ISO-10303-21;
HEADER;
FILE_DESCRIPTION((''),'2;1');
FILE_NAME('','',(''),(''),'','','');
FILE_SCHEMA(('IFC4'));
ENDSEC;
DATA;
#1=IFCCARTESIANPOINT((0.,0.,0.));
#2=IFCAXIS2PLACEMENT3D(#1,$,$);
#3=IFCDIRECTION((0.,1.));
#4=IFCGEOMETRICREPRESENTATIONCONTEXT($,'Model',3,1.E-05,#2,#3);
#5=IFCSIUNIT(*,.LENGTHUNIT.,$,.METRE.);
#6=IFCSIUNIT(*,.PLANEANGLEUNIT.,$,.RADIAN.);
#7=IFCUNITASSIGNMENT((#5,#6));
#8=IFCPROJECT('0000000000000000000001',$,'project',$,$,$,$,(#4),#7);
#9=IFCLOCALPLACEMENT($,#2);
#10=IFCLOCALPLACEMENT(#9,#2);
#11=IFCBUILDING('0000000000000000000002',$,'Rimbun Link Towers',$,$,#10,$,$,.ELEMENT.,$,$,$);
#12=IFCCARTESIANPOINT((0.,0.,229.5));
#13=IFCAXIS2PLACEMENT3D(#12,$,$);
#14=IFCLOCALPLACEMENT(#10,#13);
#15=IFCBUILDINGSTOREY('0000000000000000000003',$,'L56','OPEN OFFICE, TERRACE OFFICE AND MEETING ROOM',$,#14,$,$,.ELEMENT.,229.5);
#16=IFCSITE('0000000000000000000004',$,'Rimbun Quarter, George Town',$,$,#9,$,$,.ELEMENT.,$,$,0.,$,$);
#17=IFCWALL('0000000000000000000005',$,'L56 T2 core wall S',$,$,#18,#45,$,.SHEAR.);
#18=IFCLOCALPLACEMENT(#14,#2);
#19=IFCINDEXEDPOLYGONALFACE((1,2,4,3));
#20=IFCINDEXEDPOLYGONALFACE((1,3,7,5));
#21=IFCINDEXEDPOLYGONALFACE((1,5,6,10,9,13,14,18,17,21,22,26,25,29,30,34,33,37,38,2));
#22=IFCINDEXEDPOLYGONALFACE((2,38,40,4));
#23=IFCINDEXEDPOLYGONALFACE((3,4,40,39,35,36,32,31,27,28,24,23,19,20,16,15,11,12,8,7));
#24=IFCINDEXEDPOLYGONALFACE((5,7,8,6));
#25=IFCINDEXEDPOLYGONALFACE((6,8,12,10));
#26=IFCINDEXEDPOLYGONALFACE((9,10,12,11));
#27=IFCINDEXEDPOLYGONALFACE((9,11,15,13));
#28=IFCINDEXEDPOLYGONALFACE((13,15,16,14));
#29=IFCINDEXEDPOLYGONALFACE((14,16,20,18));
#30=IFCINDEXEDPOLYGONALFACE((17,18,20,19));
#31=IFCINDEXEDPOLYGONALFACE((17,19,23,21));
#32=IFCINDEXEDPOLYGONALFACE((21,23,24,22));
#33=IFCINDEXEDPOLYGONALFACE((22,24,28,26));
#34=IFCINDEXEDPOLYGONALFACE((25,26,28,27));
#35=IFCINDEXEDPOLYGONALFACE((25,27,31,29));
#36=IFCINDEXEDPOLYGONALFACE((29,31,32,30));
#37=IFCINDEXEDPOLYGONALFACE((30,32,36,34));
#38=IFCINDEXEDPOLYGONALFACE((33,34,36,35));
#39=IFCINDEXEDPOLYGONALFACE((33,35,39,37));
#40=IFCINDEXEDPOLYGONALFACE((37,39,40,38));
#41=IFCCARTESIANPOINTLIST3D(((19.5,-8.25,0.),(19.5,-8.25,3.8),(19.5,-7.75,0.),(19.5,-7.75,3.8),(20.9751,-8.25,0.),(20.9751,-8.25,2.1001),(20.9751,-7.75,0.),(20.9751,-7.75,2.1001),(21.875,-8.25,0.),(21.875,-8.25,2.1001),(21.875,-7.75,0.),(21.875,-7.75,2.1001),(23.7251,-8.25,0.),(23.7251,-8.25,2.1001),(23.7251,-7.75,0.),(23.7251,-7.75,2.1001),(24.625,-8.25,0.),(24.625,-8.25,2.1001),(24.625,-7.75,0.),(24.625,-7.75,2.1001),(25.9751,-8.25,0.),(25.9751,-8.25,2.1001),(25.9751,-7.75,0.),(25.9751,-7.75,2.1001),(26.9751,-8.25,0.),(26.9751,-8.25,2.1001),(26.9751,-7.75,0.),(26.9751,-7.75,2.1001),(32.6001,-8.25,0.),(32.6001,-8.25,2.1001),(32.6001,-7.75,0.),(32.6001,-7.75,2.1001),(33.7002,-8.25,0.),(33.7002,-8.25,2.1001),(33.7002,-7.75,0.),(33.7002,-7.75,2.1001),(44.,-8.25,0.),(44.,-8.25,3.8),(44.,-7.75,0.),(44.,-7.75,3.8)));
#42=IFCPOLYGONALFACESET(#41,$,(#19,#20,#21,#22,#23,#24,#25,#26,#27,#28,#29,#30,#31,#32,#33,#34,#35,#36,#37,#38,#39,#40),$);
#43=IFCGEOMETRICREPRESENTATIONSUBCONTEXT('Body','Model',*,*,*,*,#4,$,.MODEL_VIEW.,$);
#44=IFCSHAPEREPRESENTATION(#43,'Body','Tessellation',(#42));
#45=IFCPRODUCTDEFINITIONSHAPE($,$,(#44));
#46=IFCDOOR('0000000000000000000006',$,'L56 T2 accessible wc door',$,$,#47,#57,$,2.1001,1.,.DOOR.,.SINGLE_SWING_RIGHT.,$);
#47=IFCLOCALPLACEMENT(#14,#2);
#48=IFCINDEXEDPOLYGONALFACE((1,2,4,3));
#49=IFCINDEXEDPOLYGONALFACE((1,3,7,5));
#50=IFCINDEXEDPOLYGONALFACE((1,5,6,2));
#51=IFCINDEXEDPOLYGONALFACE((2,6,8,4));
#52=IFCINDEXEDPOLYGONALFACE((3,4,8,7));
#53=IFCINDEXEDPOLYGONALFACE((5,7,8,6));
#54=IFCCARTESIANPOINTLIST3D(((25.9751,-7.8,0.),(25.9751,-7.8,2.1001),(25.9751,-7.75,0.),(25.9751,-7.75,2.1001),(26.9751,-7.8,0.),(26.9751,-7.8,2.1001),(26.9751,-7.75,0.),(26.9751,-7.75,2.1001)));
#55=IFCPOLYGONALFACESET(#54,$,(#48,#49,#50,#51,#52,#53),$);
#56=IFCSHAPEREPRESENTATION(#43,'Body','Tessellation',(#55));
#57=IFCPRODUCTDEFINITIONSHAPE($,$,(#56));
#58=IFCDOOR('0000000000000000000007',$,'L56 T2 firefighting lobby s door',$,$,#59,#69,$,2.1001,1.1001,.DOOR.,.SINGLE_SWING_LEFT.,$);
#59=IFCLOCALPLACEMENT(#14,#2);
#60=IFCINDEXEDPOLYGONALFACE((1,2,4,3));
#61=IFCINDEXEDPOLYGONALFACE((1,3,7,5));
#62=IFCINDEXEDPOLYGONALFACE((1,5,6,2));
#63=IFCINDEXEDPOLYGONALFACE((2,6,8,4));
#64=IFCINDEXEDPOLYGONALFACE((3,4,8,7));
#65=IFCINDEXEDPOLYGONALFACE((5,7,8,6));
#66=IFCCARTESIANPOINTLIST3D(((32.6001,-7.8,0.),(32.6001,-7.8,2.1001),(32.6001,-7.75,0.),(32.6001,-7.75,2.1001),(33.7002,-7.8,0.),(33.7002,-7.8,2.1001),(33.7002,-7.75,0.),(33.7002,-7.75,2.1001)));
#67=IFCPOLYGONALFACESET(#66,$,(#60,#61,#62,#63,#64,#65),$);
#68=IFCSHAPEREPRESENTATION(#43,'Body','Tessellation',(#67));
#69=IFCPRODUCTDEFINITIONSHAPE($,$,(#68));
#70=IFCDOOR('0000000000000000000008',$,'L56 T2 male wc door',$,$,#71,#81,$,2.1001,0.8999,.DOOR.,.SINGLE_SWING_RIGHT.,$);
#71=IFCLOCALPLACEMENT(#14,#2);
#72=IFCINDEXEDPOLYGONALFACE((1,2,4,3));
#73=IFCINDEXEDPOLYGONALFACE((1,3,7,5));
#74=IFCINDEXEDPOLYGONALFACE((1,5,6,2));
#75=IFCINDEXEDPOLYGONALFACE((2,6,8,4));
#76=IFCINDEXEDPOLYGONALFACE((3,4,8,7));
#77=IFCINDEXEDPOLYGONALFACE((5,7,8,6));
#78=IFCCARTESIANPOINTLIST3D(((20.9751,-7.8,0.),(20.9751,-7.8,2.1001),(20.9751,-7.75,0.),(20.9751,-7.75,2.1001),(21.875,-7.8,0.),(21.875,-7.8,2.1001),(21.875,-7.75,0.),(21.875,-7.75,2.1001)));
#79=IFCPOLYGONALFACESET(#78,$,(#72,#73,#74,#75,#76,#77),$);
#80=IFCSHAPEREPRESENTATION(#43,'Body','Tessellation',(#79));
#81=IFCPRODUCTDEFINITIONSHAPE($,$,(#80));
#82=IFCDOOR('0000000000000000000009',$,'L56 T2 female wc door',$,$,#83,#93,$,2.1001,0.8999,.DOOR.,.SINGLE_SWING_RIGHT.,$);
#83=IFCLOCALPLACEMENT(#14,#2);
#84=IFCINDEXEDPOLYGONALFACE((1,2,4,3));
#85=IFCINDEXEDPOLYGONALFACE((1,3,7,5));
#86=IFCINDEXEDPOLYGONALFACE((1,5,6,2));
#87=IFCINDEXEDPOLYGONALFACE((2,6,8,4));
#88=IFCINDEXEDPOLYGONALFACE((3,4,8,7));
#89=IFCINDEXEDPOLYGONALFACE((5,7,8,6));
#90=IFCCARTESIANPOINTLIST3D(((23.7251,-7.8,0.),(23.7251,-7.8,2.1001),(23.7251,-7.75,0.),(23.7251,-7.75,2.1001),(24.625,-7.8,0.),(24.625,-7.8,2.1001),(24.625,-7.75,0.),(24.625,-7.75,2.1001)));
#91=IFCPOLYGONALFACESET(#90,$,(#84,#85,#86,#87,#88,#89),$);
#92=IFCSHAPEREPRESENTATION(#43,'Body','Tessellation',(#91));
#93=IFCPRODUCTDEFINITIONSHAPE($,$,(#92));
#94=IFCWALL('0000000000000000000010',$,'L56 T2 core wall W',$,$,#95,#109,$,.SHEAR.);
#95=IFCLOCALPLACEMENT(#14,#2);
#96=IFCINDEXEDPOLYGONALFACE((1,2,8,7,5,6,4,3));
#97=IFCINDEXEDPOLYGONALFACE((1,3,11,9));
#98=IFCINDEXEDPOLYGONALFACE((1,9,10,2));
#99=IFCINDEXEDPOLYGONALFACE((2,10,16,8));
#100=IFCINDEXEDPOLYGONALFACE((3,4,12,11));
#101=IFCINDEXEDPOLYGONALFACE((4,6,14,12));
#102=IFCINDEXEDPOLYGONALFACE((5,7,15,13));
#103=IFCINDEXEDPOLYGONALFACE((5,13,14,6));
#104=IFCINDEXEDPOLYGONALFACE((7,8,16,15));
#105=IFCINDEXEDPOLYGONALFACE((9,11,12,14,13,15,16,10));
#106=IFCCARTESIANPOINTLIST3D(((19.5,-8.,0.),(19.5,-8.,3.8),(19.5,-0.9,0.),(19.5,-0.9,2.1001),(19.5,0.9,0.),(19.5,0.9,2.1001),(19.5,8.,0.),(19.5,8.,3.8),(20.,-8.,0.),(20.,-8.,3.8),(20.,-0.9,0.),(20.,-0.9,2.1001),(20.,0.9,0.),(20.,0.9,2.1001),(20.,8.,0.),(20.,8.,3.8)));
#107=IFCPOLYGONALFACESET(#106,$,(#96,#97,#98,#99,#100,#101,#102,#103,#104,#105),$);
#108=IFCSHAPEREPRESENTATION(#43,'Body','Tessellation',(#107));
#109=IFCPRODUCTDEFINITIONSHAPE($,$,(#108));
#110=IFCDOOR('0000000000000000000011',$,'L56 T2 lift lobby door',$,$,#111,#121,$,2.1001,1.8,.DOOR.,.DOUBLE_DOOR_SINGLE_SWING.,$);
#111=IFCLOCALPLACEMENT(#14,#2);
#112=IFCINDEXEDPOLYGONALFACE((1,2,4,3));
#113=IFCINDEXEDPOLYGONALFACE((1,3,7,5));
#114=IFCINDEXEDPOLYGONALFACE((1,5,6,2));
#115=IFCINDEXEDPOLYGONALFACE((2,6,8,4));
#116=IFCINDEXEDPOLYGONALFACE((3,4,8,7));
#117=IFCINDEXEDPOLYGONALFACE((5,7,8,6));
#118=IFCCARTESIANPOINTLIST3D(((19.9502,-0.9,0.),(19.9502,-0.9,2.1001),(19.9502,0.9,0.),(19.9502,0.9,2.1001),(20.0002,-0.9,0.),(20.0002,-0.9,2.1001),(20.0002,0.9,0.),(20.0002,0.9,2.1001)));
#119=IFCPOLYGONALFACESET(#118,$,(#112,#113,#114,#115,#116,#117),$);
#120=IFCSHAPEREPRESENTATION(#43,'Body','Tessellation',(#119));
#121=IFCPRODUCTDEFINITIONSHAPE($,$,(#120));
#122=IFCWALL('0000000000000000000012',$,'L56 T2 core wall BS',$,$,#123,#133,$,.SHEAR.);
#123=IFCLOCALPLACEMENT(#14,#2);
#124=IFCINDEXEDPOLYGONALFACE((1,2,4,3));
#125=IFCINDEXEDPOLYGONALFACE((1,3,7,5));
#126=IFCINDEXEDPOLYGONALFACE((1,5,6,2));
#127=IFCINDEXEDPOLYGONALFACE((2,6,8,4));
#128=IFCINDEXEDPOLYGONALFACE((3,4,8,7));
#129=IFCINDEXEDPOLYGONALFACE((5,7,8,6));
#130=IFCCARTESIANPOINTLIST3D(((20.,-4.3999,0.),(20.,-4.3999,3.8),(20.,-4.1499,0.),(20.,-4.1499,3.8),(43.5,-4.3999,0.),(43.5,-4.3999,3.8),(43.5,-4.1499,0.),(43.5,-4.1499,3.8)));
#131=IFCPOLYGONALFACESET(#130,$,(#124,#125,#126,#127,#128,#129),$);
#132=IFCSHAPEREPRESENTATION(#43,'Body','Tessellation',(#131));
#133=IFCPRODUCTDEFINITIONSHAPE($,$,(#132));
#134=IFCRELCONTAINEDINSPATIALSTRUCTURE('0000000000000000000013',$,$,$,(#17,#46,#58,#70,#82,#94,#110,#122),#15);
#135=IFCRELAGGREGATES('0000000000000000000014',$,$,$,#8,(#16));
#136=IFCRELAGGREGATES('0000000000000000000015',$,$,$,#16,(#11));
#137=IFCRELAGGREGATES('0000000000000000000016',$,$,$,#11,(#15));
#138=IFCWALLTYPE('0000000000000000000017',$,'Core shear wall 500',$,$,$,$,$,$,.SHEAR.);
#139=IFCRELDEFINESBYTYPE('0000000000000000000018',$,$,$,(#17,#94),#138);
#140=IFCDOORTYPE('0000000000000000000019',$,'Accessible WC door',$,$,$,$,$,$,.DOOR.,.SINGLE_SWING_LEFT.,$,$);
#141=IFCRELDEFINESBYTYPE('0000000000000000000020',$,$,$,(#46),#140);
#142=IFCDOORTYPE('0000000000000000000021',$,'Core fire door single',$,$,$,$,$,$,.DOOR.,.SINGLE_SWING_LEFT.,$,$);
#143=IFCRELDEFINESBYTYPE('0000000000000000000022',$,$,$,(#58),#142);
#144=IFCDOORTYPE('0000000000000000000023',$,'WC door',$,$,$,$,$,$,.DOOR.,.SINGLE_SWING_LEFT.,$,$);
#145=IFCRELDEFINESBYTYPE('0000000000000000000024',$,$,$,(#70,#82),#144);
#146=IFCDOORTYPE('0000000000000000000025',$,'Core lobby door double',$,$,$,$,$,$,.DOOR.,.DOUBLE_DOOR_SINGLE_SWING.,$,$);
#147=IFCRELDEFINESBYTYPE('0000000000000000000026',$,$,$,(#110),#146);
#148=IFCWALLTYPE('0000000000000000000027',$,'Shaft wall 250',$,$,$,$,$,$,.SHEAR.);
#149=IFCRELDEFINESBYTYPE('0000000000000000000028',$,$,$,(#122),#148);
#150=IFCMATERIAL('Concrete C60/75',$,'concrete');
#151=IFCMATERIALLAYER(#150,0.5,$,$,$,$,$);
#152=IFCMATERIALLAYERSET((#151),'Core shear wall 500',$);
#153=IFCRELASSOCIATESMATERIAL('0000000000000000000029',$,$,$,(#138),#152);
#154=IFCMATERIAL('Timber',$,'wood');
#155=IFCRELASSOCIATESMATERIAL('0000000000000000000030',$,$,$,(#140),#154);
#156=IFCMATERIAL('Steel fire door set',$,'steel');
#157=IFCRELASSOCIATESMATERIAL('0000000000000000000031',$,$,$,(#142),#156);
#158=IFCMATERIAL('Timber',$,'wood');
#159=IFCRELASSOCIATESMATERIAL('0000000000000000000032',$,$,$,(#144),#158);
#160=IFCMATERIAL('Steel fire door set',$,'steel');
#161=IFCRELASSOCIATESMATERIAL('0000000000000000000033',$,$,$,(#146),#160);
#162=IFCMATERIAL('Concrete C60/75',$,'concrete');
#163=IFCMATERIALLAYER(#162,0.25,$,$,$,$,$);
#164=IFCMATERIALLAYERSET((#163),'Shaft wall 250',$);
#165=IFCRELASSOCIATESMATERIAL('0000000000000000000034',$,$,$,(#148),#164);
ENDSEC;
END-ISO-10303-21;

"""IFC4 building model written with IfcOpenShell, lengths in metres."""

from ifc_helpers import new_model, si_unit, direction, frame, frame_2d, origin, place, context, subcontext, project, spatial, rectangle, extrude, material, layer, layer_set, type_object, element, fill, save


model = new_model("IFC4")

# Units and contexts
model_context = context("Model", 3, precision=1e-05, world=origin(), true_north=direction((0.0, 1.0)))
body_context = subcontext(model_context, "Body", "Model", "MODEL_VIEW")
ifc_project = project(units=[si_unit("LENGTHUNIT", "METRE"), si_unit("PLANEANGLEUNIT", "RADIAN")], contexts=[model_context])

# Site, building, storey
site_placement = place(None, origin())
site = spatial("IfcSite", under=ifc_project, at=site_placement, Name="Rimbun Quarter, George Town", CompositionType="ELEMENT", RefElevation=0.0)
building_placement = place(site_placement, origin())
building = spatial("IfcBuilding", under=site, at=building_placement, Name="Rimbun Link Towers", CompositionType="ELEMENT")
storey_placement = place(building_placement, frame((0.0, 0.0, 229.5)))
storey = spatial("IfcBuildingStorey", under=building, at=storey_placement, Name="L56", Description="OPEN OFFICE, TERRACE OFFICE AND MEETING ROOM", CompositionType="ELEMENT", Elevation=229.5)

# Wall, openings, doors
ifc_material_1 = material(Name="Concrete C60/75", Category="concrete")
ifc_layer_1 = layer(ifc_material_1, 0.5)
ifc_layer_set_1 = layer_set([ifc_layer_1], Name="Core shear wall 500")
wall_type_1 = type_object("IfcWallType", Name="Core shear wall 500", PredefinedType="SHEAR", material=ifc_layer_set_1)
wall_1_placement = place(storey_placement, frame((19.5, -8.0, 0.0), z_axis=(0.0, 0.0, 1.0), x_axis=(1.0, 0.0, 0.0)))
wall_1 = element("IfcWall", 1, at=wall_1_placement, inside=storey, type_object=wall_type_1, Name="L56 T2 core wall S", PredefinedType="SHEAR", context=body_context, shape_type="SweptSolid", body=[
    extrude(rectangle(XDim=24.5, YDim=0.5, at=frame_2d((12.25, 0.0))), origin(), (0.0, 0.0, 1.0), 3.8),
])
opening_1_placement = place(wall_1_placement, frame((13.1001, 0.0, 0.0)))
opening_1 = element("IfcOpeningElement", 2, at=opening_1_placement, cuts=wall_1, PredefinedType="OPENING", context=body_context, shape_type="SweptSolid", body=[
    extrude(rectangle(XDim=1.1001, YDim=2.1001, at=frame_2d((0.55, 1.05))), frame((0.0, 0.26, 0.0), z_axis=(0.0, -1.0, 0.0), x_axis=(1.0, 0.0, 0.0)), (0.0, 0.0, 1.0), 0.52),
])
opening_2_placement = place(wall_1_placement, frame((1.4751, 0.0, 0.0)))
opening_2 = element("IfcOpeningElement", 3, at=opening_2_placement, cuts=wall_1, PredefinedType="OPENING", context=body_context, shape_type="SweptSolid", body=[
    extrude(rectangle(XDim=0.8999, YDim=2.1001, at=frame_2d((0.45, 1.05))), frame((0.0, 0.26, 0.0), z_axis=(0.0, -1.0, 0.0), x_axis=(1.0, 0.0, 0.0)), (0.0, 0.0, 1.0), 0.52),
])
opening_3_placement = place(wall_1_placement, frame((4.2251, 0.0, 0.0)))
opening_3 = element("IfcOpeningElement", 4, at=opening_3_placement, cuts=wall_1, PredefinedType="OPENING", context=body_context, shape_type="SweptSolid", body=[
    extrude(rectangle(XDim=0.8999, YDim=2.1001, at=frame_2d((0.45, 1.05))), frame((0.0, 0.26, 0.0), z_axis=(0.0, -1.0, 0.0), x_axis=(1.0, 0.0, 0.0)), (0.0, 0.0, 1.0), 0.52),
])
opening_4_placement = place(wall_1_placement, frame((6.4751, 0.0, 0.0)))
opening_4 = element("IfcOpeningElement", 5, at=opening_4_placement, cuts=wall_1, PredefinedType="OPENING", context=body_context, shape_type="SweptSolid", body=[
    extrude(rectangle(XDim=1.0, YDim=2.1001, at=frame_2d((0.5, 1.05))), frame((0.0, 0.26, 0.0), z_axis=(0.0, -1.0, 0.0), x_axis=(1.0, 0.0, 0.0)), (0.0, 0.0, 1.0), 0.52),
])
ifc_material_2 = material(Name="Timber", Category="wood")
door_type_1 = type_object("IfcDoorType", Name="Accessible WC door", OperationType="SINGLE_SWING_LEFT", PredefinedType="DOOR", material=ifc_material_2)
door_1_placement = place(opening_4_placement, origin())
door_1 = element("IfcDoor", 6, at=door_1_placement, inside=storey, type_object=door_type_1, Name="L56 T2 accessible wc door", OperationType="SINGLE_SWING_RIGHT", OverallHeight=2.1001, OverallWidth=1.0, PredefinedType="DOOR", context=body_context, shape_type="SweptSolid", body=[
    extrude(rectangle(XDim=1.0, YDim=2.1001, at=frame_2d((0.5, 1.05))), frame((0.0, 0.25, 0.0), z_axis=(0.0, -1.0, 0.0), x_axis=(1.0, 0.0, 0.0)), (0.0, 0.0, 1.0), 0.05),
])
fill(opening_4, door_1)
ifc_material_3 = material(Name="Steel fire door set", Category="steel")
door_type_2 = type_object("IfcDoorType", Name="Core fire door single", OperationType="SINGLE_SWING_LEFT", PredefinedType="DOOR", material=ifc_material_3)
door_2_placement = place(opening_1_placement, origin())
door_2 = element("IfcDoor", 7, at=door_2_placement, inside=storey, type_object=door_type_2, Name="L56 T2 firefighting lobby s door", OperationType="SINGLE_SWING_LEFT", OverallHeight=2.1001, OverallWidth=1.1001, PredefinedType="DOOR", context=body_context, shape_type="SweptSolid", body=[
    extrude(rectangle(XDim=1.1001, YDim=2.1001, at=frame_2d((0.55, 1.05))), frame((0.0, 0.25, 0.0), z_axis=(0.0, -1.0, 0.0), x_axis=(1.0, 0.0, 0.0)), (0.0, 0.0, 1.0), 0.05),
])
fill(opening_1, door_2)
ifc_material_4 = material(Name="Timber", Category="wood")
door_type_3 = type_object("IfcDoorType", Name="WC door", OperationType="SINGLE_SWING_LEFT", PredefinedType="DOOR", material=ifc_material_4)
door_3_placement = place(opening_2_placement, origin())
door_3 = element("IfcDoor", 8, at=door_3_placement, inside=storey, type_object=door_type_3, Name="L56 T2 male wc door", OperationType="SINGLE_SWING_RIGHT", OverallHeight=2.1001, OverallWidth=0.8999, PredefinedType="DOOR", context=body_context, shape_type="SweptSolid", body=[
    extrude(rectangle(XDim=0.8999, YDim=2.1001, at=frame_2d((0.45, 1.05))), frame((0.0, 0.25, 0.0), z_axis=(0.0, -1.0, 0.0), x_axis=(1.0, 0.0, 0.0)), (0.0, 0.0, 1.0), 0.05),
])
fill(opening_2, door_3)
door_4_placement = place(opening_3_placement, origin())
door_4 = element("IfcDoor", 9, at=door_4_placement, inside=storey, type_object=door_type_3, Name="L56 T2 female wc door", OperationType="SINGLE_SWING_RIGHT", OverallHeight=2.1001, OverallWidth=0.8999, PredefinedType="DOOR", context=body_context, shape_type="SweptSolid", body=[
    extrude(rectangle(XDim=0.8999, YDim=2.1001, at=frame_2d((0.45, 1.05))), frame((0.0, 0.25, 0.0), z_axis=(0.0, -1.0, 0.0), x_axis=(1.0, 0.0, 0.0)), (0.0, 0.0, 1.0), 0.05),
])
fill(opening_3, door_4)

# Wall, opening, door
wall_2_placement = place(storey_placement, frame((19.75, -8.0, 0.0), z_axis=(0.0, 0.0, 1.0), x_axis=(0.0, 1.0, 0.0)))
wall_2 = element("IfcWall", 10, at=wall_2_placement, inside=storey, type_object=wall_type_1, Name="L56 T2 core wall W", PredefinedType="SHEAR", context=body_context, shape_type="SweptSolid", body=[
    extrude(rectangle(XDim=16.0, YDim=0.5, at=frame_2d((8.0, 0.0))), origin(), (0.0, 0.0, 1.0), 3.8),
])
opening_5_placement = place(wall_2_placement, frame((7.1001, 0.0, 0.0)))
opening_5 = element("IfcOpeningElement", 11, at=opening_5_placement, cuts=wall_2, PredefinedType="OPENING", context=body_context, shape_type="SweptSolid", body=[
    extrude(rectangle(XDim=1.8, YDim=2.1001, at=frame_2d((0.8999, 1.05))), frame((0.0, 0.26, 0.0), z_axis=(0.0, -1.0, 0.0), x_axis=(1.0, 0.0, 0.0)), (0.0, 0.0, 1.0), 0.52),
])
ifc_material_5 = material(Name="Steel fire door set", Category="steel")
door_type_4 = type_object("IfcDoorType", Name="Core lobby door double", OperationType="DOUBLE_DOOR_SINGLE_SWING", PredefinedType="DOOR", material=ifc_material_5)
door_5_placement = place(opening_5_placement, origin())
door_5 = element("IfcDoor", 12, at=door_5_placement, inside=storey, type_object=door_type_4, Name="L56 T2 lift lobby door", OperationType="DOUBLE_DOOR_SINGLE_SWING", OverallHeight=2.1001, OverallWidth=1.8, PredefinedType="DOOR", context=body_context, shape_type="SweptSolid", body=[
    extrude(rectangle(XDim=1.8, YDim=2.1001, at=frame_2d((0.8999, 1.05))), frame((0.0, -0.2002, 0.0), z_axis=(0.0, -1.0, 0.0), x_axis=(1.0, 0.0, 0.0)), (0.0, 0.0, 1.0), 0.05),
])
fill(opening_5, door_5)

# Wall
ifc_material_6 = material(Name="Concrete C60/75", Category="concrete")
ifc_layer_2 = layer(ifc_material_6, 0.25)
ifc_layer_set_2 = layer_set([ifc_layer_2], Name="Shaft wall 250")
wall_type_2 = type_object("IfcWallType", Name="Shaft wall 250", PredefinedType="SHEAR", material=ifc_layer_set_2)
wall_3_placement = place(storey_placement, frame((20.0, -4.2749, 0.0), z_axis=(0.0, 0.0, 1.0), x_axis=(1.0, 0.0, 0.0)))
element("IfcWall", 13, at=wall_3_placement, inside=storey, type_object=wall_type_2, Name="L56 T2 core wall BS", PredefinedType="SHEAR", context=body_context, shape_type="SweptSolid", body=[
    extrude(rectangle(XDim=23.5, YDim=0.25, at=frame_2d((11.75, 0.0))), origin(), (0.0, 0.0, 1.0), 3.8),
])

save(model, "model.ifc")
